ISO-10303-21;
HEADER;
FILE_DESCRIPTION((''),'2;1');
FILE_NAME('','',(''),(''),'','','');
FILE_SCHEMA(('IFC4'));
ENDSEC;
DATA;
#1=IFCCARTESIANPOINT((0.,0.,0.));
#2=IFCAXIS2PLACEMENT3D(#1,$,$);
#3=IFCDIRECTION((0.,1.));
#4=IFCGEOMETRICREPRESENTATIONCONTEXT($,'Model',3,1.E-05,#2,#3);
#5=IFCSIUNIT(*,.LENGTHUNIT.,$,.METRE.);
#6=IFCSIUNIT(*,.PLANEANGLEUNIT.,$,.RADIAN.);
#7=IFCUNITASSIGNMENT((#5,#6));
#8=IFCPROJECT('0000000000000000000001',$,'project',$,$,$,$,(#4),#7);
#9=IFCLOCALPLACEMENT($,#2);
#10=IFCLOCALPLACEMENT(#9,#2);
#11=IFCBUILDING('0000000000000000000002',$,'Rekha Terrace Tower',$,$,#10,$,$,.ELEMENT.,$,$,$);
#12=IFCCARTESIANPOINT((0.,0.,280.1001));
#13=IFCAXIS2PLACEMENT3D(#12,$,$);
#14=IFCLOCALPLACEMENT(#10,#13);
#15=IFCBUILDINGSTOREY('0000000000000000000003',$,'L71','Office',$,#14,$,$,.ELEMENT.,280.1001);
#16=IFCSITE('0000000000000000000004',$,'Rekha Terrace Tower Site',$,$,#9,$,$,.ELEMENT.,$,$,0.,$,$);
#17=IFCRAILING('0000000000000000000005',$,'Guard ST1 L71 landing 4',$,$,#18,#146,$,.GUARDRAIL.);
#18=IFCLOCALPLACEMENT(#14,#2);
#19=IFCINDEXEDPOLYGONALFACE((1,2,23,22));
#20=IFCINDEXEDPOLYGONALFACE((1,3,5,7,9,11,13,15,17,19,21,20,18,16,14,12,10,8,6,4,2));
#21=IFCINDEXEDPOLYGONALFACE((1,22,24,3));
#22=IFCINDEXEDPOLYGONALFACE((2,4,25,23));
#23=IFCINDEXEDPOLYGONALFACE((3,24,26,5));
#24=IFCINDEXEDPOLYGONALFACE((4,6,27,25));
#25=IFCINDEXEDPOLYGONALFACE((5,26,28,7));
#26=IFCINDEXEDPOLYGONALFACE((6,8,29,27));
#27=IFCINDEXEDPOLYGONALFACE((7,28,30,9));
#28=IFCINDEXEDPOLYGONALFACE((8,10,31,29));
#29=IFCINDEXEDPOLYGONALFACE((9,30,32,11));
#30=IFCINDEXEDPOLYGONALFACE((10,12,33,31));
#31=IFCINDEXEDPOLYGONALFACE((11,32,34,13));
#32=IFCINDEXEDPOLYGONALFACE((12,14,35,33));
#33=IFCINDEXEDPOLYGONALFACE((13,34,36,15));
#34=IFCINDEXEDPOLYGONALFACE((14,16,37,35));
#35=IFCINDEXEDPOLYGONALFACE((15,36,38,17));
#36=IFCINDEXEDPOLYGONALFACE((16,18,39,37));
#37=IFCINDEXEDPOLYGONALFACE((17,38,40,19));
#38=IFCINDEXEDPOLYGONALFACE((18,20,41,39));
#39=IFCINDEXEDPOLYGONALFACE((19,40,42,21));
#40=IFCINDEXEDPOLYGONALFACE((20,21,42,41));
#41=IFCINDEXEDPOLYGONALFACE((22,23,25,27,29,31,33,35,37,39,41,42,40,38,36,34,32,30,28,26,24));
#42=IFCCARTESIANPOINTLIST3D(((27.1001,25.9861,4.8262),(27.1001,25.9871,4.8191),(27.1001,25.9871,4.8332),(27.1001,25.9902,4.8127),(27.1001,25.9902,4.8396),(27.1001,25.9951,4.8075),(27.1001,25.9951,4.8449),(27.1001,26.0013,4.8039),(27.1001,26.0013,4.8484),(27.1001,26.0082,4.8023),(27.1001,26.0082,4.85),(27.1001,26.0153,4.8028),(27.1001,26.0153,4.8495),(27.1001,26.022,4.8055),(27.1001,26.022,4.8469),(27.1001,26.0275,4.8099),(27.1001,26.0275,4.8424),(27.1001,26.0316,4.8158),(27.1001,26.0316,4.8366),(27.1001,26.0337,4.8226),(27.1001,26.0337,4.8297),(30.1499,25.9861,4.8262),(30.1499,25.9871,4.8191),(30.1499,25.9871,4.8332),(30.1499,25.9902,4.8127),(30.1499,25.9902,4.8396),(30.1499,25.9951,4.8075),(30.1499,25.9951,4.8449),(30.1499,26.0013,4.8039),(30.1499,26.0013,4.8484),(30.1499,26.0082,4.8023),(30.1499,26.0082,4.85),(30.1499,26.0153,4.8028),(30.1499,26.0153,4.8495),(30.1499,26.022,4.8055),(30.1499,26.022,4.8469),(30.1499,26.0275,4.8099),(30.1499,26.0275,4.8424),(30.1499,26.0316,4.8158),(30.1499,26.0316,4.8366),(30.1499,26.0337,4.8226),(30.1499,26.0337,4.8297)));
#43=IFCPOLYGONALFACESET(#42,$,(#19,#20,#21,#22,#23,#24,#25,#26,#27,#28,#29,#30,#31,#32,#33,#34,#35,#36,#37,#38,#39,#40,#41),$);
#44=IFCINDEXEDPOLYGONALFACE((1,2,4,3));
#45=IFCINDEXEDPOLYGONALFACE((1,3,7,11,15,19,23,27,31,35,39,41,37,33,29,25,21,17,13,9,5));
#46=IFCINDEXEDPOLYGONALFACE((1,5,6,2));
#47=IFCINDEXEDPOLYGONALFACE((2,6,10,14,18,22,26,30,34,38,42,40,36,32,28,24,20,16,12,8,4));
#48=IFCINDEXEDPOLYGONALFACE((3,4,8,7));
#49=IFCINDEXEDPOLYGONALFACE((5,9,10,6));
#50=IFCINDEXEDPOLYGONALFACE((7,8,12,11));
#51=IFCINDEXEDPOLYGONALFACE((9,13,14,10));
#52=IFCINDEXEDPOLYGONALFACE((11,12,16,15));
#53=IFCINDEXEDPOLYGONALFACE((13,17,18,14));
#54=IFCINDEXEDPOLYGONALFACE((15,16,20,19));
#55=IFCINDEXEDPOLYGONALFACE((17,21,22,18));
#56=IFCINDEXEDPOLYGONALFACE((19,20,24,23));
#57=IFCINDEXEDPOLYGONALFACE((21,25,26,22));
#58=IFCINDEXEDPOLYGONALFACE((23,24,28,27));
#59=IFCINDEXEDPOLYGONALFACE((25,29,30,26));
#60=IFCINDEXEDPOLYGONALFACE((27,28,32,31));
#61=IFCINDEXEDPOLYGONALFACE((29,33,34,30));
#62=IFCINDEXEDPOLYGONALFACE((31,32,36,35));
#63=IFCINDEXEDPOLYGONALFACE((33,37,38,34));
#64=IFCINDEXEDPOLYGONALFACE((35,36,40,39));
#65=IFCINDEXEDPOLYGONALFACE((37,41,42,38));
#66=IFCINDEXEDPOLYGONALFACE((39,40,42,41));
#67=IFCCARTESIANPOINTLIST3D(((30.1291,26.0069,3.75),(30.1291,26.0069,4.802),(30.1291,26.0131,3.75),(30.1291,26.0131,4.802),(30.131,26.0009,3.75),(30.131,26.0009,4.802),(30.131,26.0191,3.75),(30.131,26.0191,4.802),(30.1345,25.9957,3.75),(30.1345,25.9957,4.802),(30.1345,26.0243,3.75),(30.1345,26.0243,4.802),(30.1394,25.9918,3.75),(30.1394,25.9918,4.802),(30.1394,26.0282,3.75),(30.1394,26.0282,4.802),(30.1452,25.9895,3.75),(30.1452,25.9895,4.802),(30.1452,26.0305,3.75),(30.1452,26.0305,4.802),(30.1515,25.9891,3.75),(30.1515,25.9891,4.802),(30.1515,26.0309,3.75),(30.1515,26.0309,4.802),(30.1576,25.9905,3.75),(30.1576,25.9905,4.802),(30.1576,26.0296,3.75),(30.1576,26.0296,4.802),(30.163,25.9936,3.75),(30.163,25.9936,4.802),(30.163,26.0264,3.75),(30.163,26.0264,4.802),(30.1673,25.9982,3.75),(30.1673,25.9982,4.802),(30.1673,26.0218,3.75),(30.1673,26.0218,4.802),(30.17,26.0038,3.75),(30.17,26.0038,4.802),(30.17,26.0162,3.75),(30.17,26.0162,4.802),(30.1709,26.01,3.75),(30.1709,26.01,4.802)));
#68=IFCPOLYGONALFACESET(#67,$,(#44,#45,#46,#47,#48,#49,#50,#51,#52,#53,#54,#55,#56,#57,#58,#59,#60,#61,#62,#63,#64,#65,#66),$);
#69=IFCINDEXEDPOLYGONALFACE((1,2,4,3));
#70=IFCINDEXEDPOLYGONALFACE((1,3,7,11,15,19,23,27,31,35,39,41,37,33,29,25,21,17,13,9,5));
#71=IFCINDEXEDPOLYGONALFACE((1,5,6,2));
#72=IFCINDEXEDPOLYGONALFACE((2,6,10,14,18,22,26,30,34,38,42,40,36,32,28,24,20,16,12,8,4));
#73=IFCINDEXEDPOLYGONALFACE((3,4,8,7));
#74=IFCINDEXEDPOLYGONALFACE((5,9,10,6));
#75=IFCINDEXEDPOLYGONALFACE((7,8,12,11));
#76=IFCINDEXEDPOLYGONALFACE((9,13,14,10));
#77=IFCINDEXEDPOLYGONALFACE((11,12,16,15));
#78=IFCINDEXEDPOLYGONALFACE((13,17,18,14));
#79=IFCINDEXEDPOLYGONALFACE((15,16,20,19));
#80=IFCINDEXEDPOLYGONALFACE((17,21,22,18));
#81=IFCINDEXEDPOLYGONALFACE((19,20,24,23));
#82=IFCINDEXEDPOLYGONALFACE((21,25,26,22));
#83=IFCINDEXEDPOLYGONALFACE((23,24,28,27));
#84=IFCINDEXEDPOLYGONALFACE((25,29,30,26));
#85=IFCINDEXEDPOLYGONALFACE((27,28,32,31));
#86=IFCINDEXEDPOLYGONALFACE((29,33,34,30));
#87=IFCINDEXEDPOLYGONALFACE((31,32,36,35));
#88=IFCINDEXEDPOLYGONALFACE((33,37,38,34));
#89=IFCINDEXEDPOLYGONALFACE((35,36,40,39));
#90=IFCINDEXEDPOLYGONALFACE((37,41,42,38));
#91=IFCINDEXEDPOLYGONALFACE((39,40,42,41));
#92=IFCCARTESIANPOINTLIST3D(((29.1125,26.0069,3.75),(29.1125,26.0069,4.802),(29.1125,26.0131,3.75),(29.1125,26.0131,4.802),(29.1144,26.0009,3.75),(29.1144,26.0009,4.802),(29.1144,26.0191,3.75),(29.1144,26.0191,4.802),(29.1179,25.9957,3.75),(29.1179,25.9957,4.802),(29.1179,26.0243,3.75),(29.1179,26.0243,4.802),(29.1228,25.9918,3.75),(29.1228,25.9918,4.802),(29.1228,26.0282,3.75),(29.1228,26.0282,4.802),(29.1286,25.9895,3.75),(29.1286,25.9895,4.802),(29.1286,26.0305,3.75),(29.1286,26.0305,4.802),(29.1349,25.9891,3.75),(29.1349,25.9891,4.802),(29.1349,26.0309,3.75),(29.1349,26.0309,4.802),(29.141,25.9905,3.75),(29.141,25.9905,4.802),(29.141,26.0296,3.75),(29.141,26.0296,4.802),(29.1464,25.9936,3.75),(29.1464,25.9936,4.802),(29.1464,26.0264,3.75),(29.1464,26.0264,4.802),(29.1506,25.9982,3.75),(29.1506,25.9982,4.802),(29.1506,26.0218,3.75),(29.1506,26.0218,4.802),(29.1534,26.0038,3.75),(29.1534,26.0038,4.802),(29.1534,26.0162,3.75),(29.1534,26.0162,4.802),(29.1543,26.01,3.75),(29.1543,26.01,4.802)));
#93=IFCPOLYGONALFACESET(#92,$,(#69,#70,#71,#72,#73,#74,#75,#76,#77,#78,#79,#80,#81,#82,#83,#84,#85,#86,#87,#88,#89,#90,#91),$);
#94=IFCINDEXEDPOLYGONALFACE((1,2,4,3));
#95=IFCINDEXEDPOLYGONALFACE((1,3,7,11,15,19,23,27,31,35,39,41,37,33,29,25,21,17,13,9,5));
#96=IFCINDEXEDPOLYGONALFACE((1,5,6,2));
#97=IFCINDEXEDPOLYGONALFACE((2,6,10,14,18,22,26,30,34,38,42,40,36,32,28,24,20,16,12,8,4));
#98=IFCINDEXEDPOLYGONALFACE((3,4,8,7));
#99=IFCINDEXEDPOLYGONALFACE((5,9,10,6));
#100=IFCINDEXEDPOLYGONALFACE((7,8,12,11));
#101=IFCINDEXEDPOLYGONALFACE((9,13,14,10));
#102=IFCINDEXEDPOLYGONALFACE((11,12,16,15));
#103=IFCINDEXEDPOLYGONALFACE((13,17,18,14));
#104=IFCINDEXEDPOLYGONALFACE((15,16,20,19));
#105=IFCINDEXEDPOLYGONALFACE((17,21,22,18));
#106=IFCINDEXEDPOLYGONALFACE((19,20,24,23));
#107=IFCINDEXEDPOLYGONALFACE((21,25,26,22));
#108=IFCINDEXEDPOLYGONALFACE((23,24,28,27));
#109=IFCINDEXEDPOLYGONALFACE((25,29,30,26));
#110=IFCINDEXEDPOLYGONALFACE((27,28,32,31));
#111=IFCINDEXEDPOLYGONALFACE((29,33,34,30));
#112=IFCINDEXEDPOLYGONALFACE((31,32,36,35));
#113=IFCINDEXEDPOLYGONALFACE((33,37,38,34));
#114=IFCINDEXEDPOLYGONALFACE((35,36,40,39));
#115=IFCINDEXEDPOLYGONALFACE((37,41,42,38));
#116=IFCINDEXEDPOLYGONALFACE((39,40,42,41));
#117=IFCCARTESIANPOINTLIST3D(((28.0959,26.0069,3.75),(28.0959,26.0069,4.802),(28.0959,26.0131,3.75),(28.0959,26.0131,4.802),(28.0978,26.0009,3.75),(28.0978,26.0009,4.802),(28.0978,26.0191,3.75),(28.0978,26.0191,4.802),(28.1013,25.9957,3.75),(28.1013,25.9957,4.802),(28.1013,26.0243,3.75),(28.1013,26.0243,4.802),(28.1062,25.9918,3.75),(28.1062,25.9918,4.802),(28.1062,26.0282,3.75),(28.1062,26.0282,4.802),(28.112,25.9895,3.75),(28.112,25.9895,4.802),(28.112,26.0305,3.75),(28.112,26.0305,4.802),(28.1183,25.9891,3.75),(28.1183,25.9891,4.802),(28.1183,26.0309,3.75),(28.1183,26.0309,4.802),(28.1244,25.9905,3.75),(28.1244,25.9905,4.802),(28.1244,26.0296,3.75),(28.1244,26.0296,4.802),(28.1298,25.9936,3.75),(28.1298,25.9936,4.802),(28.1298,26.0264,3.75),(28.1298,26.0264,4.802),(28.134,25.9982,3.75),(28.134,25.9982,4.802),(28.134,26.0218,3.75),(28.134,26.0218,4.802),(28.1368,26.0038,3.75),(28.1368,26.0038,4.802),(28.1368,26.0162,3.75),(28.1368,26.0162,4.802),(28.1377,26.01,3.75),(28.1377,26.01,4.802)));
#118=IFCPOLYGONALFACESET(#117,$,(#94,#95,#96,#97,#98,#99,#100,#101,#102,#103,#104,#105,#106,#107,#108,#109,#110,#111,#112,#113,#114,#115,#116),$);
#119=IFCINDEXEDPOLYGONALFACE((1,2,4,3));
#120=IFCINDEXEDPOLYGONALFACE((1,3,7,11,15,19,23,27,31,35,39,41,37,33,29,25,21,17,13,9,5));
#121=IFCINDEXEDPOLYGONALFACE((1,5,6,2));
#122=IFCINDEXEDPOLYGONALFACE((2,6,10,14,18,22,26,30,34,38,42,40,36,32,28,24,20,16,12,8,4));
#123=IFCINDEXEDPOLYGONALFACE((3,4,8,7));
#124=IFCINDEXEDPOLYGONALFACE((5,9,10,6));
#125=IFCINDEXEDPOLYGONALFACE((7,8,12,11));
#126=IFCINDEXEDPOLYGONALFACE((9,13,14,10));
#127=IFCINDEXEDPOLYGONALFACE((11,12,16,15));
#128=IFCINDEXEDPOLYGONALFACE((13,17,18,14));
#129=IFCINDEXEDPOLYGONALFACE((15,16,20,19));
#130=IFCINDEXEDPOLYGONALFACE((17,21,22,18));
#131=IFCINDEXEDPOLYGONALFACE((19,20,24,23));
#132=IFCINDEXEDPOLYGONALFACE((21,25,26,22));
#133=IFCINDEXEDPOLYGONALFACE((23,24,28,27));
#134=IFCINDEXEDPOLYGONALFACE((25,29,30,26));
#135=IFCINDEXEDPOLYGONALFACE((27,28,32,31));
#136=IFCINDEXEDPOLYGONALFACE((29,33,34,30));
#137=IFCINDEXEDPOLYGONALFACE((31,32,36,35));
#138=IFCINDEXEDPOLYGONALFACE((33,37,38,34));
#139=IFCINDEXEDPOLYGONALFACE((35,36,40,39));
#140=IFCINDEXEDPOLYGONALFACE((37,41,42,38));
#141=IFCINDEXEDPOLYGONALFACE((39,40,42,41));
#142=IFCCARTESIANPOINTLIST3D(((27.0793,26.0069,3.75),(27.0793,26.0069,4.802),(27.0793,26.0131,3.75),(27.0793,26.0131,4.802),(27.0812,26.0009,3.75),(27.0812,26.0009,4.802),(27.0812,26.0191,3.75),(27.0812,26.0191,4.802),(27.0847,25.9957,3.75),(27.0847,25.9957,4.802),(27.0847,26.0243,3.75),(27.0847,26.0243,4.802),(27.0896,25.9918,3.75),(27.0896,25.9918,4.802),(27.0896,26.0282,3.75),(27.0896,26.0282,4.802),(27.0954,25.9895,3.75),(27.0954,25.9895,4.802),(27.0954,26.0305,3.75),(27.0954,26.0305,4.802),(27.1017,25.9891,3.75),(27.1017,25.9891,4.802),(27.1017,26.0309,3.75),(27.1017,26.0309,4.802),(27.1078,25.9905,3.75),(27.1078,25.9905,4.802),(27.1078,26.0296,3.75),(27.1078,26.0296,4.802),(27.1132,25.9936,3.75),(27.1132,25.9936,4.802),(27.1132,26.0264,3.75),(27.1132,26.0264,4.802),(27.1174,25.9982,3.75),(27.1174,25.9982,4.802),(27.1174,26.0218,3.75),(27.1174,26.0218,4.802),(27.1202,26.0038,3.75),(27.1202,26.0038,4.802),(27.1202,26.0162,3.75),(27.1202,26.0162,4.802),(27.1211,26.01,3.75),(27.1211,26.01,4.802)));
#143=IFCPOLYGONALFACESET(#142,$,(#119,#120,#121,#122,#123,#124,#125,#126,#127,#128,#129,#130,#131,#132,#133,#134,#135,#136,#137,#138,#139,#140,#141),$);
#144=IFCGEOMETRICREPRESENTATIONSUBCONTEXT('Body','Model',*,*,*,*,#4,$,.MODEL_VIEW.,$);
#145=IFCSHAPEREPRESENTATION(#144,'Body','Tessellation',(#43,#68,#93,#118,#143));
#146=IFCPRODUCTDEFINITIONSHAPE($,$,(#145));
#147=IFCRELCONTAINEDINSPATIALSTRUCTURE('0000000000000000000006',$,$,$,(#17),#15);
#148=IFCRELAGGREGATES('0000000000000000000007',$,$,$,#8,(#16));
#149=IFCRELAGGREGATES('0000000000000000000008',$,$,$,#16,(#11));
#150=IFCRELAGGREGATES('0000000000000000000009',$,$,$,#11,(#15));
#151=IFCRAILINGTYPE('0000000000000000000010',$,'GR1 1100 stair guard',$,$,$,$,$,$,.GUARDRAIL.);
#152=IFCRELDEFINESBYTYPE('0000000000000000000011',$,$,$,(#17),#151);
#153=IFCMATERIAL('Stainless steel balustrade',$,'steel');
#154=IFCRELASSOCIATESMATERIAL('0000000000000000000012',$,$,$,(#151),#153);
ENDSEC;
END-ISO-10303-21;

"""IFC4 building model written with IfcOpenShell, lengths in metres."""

from ifc_helpers import new_model, si_unit, direction, frame, origin, origin_2d, place, context, subcontext, project, spatial, circle, extrude, material, type_object, element, save


model = new_model("IFC4")

# Units and contexts
model_context = context("Model", 3, precision=1e-05, world=origin(), true_north=direction((0.0, 1.0)))
body_context = subcontext(model_context, "Body", "Model", "MODEL_VIEW")
ifc_project = project(units=[si_unit("LENGTHUNIT", "METRE"), si_unit("PLANEANGLEUNIT", "RADIAN")], contexts=[model_context])

# Site, building, storey
site_placement = place(None, origin())
site = spatial("IfcSite", under=ifc_project, at=site_placement, Name="Rekha Terrace Tower Site", CompositionType="ELEMENT", RefElevation=0.0)
building_placement = place(site_placement, origin())
building = spatial("IfcBuilding", under=site, at=building_placement, Name="Rekha Terrace Tower", CompositionType="ELEMENT")
storey_placement = place(building_placement, frame((0.0, 0.0, 280.1001)))
storey = spatial("IfcBuildingStorey", under=building, at=storey_placement, Name="L71", Description="Office", CompositionType="ELEMENT", Elevation=280.1001)

# Railing
ifc_material_1 = material(Name="Stainless steel balustrade", Category="steel")
railing_type_1 = type_object("IfcRailingType", Name="GR1 1100 stair guard", PredefinedType="GUARDRAIL", material=ifc_material_1)
railing_1_placement = place(storey_placement, frame((30.1499, 26.01, 3.75)))
element("IfcRailing", 1, at=railing_1_placement, inside=storey, type_object=railing_type_1, Name="Guard ST1 L71 landing 4", PredefinedType="GUARDRAIL", context=body_context, shape_type="SweptSolid", body=[
    extrude(circle(Radius=0.0239, at=origin_2d()), frame((0.0, 0.0, 1.0762), z_axis=(-1.0, 0.0, 0.0), x_axis=(0.0, -1.0, 0.0)), (0.0, 0.0, 1.0), 3.0498),
    extrude(circle(Radius=0.021, at=origin_2d()), origin(), (0.0, 0.0, 1.0), 1.052),
    extrude(circle(Radius=0.021, at=origin_2d()), frame((-1.0166, 0.0, 0.0)), (0.0, 0.0, 1.0), 1.052),
    extrude(circle(Radius=0.021, at=origin_2d()), frame((-2.0332, 0.0, 0.0)), (0.0, 0.0, 1.0), 1.052),
    extrude(circle(Radius=0.021, at=origin_2d()), frame((-3.0498, 0.0, 0.0)), (0.0, 0.0, 1.0), 1.052),
])

save(model, "model.ifc")
